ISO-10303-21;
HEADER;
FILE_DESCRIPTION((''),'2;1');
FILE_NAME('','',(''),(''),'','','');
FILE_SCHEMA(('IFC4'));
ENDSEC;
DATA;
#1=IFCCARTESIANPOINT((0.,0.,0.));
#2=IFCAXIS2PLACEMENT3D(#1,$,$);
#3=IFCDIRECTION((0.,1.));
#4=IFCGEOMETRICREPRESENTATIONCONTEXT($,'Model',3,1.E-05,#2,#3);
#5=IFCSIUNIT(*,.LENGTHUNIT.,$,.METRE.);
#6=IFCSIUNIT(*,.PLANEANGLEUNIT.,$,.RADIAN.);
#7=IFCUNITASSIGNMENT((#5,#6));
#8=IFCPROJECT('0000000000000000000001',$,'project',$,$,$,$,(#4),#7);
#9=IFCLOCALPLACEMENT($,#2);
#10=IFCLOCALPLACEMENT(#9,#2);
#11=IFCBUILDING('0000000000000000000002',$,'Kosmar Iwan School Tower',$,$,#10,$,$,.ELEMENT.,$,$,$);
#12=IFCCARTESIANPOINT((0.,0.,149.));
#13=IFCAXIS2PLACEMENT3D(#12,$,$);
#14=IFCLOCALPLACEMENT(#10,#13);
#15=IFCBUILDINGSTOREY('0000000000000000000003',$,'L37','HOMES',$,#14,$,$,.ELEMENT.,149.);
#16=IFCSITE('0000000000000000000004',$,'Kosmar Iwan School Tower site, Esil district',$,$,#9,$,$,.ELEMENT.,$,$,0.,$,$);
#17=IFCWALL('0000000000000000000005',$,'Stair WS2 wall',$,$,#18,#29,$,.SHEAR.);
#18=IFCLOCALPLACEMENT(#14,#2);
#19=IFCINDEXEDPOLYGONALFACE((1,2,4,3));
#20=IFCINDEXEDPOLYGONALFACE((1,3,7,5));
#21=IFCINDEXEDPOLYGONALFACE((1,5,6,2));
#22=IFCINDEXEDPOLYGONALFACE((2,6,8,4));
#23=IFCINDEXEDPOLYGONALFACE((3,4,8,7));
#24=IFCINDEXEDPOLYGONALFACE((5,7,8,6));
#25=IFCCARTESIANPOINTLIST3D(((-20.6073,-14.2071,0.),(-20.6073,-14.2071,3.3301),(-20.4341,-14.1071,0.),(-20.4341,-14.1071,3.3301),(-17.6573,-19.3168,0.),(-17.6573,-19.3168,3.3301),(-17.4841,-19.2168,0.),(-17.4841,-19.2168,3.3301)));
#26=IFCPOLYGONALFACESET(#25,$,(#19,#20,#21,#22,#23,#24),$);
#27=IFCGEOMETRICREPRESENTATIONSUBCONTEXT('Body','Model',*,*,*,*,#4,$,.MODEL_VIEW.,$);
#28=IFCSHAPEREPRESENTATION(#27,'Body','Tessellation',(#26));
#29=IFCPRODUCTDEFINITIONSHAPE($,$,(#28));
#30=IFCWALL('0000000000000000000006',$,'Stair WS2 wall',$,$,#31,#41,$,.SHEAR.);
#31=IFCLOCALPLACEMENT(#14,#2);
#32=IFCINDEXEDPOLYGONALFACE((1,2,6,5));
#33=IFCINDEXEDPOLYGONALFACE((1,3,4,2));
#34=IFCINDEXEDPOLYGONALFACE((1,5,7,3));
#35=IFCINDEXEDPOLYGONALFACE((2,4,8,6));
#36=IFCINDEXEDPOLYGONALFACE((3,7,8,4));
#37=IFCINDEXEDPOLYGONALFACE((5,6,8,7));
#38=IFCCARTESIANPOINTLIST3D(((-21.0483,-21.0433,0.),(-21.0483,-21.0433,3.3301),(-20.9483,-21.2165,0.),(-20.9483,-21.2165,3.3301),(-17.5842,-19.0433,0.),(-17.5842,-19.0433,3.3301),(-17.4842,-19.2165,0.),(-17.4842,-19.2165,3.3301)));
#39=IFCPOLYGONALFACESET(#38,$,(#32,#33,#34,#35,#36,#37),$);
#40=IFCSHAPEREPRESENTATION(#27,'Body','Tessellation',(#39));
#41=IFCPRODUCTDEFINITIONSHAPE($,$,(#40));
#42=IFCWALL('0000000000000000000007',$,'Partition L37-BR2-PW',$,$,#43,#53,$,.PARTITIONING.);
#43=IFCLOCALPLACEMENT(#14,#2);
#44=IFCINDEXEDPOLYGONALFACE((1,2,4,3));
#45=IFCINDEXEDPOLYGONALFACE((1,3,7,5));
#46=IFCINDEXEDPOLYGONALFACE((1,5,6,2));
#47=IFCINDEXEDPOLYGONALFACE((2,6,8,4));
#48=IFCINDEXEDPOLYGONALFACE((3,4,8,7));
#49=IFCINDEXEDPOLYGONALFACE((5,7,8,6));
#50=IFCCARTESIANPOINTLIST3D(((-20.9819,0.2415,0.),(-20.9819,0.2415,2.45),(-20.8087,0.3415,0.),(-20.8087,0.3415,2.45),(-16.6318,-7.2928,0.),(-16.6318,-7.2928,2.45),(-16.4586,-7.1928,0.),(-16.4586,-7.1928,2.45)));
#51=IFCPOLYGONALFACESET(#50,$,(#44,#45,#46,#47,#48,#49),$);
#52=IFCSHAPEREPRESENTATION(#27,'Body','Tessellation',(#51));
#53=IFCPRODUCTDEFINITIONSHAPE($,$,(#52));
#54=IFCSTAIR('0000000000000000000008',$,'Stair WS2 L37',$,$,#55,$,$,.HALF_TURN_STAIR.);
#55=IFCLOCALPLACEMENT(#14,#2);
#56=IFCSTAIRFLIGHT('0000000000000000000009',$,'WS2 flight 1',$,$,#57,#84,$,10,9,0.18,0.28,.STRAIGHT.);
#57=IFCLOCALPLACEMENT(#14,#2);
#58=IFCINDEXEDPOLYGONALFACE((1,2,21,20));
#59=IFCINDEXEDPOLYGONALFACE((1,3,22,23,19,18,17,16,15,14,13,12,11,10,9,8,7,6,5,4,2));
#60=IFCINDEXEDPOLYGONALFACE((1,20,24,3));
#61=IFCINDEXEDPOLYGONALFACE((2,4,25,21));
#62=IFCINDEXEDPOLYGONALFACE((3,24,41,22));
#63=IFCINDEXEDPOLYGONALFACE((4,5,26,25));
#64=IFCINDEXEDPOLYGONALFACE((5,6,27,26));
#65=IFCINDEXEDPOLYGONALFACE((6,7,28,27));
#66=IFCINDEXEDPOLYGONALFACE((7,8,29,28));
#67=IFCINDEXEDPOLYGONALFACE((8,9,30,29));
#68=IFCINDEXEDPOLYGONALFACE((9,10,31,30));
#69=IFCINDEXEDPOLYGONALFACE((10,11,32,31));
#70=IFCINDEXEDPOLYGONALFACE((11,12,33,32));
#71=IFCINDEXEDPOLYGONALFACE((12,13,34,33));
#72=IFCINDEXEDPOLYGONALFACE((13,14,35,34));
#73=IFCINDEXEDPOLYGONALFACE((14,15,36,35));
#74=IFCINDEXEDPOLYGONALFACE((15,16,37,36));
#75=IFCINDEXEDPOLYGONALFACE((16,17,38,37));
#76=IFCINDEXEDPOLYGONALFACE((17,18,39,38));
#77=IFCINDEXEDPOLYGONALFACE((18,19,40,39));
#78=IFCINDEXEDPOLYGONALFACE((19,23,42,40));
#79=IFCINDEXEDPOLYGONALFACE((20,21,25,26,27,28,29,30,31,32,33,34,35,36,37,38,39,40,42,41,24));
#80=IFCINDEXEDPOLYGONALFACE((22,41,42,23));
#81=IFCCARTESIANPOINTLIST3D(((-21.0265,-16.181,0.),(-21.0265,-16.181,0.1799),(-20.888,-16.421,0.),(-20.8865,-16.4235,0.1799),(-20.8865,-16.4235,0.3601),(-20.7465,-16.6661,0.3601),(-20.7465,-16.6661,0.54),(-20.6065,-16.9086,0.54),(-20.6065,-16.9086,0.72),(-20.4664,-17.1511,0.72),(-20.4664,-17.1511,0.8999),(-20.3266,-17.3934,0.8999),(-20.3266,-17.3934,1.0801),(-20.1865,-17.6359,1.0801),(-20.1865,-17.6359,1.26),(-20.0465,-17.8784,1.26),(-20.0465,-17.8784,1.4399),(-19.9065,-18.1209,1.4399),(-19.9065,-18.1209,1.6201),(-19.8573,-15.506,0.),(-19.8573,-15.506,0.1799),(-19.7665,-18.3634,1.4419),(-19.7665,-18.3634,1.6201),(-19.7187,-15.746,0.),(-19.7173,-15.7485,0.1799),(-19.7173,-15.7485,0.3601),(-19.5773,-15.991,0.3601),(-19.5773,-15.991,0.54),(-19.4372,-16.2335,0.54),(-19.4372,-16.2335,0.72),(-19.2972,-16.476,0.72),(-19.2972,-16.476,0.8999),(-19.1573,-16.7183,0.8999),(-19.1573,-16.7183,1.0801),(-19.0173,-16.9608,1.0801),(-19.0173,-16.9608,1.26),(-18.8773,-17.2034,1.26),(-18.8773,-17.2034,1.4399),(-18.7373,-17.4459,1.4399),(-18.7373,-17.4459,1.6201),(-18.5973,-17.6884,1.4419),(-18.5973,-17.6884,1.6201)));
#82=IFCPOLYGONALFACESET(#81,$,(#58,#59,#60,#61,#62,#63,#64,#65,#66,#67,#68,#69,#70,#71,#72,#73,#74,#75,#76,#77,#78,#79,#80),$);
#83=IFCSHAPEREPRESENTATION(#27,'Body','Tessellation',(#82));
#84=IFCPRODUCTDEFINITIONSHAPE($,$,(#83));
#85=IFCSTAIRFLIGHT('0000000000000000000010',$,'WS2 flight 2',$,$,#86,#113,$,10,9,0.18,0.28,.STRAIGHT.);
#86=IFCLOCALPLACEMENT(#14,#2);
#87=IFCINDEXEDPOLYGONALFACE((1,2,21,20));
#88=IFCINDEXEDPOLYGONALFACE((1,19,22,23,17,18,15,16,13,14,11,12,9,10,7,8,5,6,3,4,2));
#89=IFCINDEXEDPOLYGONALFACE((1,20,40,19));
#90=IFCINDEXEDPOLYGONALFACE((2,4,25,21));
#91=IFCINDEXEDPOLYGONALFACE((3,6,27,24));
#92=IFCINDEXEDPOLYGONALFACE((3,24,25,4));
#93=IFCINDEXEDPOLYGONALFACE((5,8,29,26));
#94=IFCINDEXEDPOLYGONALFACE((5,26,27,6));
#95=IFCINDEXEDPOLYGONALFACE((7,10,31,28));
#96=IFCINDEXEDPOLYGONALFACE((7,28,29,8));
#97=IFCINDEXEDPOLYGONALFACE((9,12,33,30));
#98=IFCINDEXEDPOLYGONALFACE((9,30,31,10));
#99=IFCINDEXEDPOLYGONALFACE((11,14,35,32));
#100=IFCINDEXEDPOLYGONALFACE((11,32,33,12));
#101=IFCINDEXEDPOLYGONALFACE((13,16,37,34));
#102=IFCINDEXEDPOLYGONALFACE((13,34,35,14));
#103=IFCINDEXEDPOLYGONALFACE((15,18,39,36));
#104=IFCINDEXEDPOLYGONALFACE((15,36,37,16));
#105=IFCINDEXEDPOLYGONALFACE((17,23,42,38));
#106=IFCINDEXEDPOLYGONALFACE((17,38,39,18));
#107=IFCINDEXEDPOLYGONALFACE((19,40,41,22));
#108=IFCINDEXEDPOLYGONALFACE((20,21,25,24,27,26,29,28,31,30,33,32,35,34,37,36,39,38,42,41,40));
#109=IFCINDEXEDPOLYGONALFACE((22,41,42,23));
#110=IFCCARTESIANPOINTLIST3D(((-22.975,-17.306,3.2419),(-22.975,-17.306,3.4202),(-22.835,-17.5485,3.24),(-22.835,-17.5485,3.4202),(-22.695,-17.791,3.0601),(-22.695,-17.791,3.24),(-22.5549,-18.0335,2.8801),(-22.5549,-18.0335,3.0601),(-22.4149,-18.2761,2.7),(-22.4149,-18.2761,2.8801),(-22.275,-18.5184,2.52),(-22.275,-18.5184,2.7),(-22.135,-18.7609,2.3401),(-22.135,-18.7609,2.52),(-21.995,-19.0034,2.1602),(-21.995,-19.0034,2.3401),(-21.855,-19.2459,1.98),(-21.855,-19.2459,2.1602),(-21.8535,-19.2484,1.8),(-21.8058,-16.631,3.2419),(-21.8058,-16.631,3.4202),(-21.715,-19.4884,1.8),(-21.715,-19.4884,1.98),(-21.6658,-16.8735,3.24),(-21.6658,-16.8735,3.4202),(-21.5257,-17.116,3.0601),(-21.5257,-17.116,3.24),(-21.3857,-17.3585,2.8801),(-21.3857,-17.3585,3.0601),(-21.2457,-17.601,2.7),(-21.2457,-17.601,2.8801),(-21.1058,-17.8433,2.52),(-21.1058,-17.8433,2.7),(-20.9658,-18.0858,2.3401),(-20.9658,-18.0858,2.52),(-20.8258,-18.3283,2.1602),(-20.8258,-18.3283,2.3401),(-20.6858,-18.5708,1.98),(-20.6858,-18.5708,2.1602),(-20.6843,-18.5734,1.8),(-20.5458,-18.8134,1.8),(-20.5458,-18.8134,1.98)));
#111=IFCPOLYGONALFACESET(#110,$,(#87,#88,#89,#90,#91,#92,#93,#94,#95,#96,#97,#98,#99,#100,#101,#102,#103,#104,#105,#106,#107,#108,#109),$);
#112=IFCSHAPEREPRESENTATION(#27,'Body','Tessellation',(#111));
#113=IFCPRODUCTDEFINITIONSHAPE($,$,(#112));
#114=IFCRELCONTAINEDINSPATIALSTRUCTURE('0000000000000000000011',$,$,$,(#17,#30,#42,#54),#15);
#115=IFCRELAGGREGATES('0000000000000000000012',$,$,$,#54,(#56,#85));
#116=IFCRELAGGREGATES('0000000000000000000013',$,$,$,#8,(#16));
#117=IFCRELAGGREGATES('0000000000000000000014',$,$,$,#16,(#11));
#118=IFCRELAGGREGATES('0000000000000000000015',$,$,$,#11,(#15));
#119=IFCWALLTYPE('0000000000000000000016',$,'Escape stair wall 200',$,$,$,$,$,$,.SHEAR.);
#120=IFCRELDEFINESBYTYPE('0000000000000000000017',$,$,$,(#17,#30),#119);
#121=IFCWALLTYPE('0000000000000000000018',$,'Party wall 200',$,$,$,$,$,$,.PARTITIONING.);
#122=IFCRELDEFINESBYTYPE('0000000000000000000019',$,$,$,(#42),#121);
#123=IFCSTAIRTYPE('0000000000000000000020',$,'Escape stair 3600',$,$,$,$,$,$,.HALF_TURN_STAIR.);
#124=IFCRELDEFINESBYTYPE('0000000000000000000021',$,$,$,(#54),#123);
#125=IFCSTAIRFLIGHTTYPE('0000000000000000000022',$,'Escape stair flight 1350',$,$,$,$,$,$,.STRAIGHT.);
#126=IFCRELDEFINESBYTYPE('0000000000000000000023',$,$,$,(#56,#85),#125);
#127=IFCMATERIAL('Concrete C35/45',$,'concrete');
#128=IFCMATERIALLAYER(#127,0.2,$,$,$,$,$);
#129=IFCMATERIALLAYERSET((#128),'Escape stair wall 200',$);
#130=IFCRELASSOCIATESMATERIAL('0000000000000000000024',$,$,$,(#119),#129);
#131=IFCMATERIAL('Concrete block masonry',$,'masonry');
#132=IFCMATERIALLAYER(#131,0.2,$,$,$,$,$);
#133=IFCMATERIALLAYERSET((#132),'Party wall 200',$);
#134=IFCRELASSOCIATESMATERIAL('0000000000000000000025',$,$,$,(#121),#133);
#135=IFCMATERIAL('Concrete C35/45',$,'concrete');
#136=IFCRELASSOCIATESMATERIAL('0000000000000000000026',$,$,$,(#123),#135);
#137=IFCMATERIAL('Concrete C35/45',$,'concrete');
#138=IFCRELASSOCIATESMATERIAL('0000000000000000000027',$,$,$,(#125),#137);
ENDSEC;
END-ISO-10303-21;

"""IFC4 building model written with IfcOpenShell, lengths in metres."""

from ifc_helpers import new_model, si_unit, direction, frame, frame_2d, origin, place, context, subcontext, project, spatial, polyline, rectangle, outline, extrude, material, layer, layer_set, type_object, element, aggregate, save


model = new_model("IFC4")

# Units and contexts
model_context = context("Model", 3, precision=1e-05, world=origin(), true_north=direction((0.0, 1.0)))
body_context = subcontext(model_context, "Body", "Model", "MODEL_VIEW")
ifc_project = project(units=[si_unit("LENGTHUNIT", "METRE"), si_unit("PLANEANGLEUNIT", "RADIAN")], contexts=[model_context])

# Site, building, storey
site_placement = place(None, origin())
site = spatial("IfcSite", under=ifc_project, at=site_placement, Name="Kosmar Iwan School Tower site, Esil district", CompositionType="ELEMENT", RefElevation=0.0)
building_placement = place(site_placement, origin())
building = spatial("IfcBuilding", under=site, at=building_placement, Name="Kosmar Iwan School Tower", CompositionType="ELEMENT")
storey_placement = place(building_placement, frame((0.0, 0.0, 149.0)))
storey = spatial("IfcBuildingStorey", under=building, at=storey_placement, Name="L37", Description="HOMES", CompositionType="ELEMENT", Elevation=149.0)

# Walls
ifc_material_1 = material(Name="Concrete C35/45", Category="concrete")
ifc_layer_1 = layer(ifc_material_1, 0.2)
ifc_layer_set_1 = layer_set([ifc_layer_1], Name="Escape stair wall 200")
wall_type_1 = type_object("IfcWallType", Name="Escape stair wall 200", PredefinedType="SHEAR", material=ifc_layer_set_1)
wall_1_placement = place(storey_placement, frame((-20.5208, -14.157, 0.0), z_axis=(0.0, 0.0, 1.0), x_axis=(0.499989, -0.866032, 0.0)))
element("IfcWall", 1, at=wall_1_placement, inside=storey, type_object=wall_type_1, Name="Stair WS2 wall", PredefinedType="SHEAR", context=body_context, shape_type="SweptSolid", body=[
    extrude(rectangle(XDim=5.9001, YDim=0.2, at=frame_2d((2.9502, 0.0))), origin(), (0.0, 0.0, 1.0), 3.3301),
])
wall_2_placement = place(storey_placement, frame((-17.5342, -19.1299, 0.0), z_axis=(0.0, 0.0, 1.0), x_axis=(-0.866026, -0.499999, 0.0)))
element("IfcWall", 2, at=wall_2_placement, inside=storey, type_object=wall_type_1, Name="Stair WS2 wall", PredefinedType="SHEAR", context=body_context, shape_type="SweptSolid", body=[
    extrude(rectangle(XDim=4.0, YDim=0.2, at=frame_2d((2.0, 0.0))), origin(), (0.0, 0.0, 1.0), 3.3301),
])
ifc_material_2 = material(Name="Concrete block masonry", Category="masonry")
ifc_layer_2 = layer(ifc_material_2, 0.2)
ifc_layer_set_2 = layer_set([ifc_layer_2], Name="Party wall 200")
wall_type_2 = type_object("IfcWallType", Name="Party wall 200", PredefinedType="PARTITIONING", material=ifc_layer_set_2)
wall_3_placement = place(storey_placement, frame((-16.5452, -7.2429, 0.0), z_axis=(0.0, 0.0, 1.0), x_axis=(-0.500008, 0.866021, 0.0)))
element("IfcWall", 3, at=wall_3_placement, inside=storey, type_object=wall_type_2, Name="Partition L37-BR2-PW", PredefinedType="PARTITIONING", context=body_context, shape_type="SweptSolid", body=[
    extrude(rectangle(XDim=8.7, YDim=0.2, at=frame_2d((4.3501, 0.0))), origin(), (0.0, 0.0, 1.0), 2.45),
])

# Stair, stair flights
ifc_material_3 = material(Name="Concrete C35/45", Category="concrete")
stair_type = type_object("IfcStairType", Name="Escape stair 3600", PredefinedType="HALF_TURN_STAIR", material=ifc_material_3)
stair_placement = place(storey_placement, origin())
stair = element("IfcStair", 4, at=stair_placement, inside=storey, type_object=stair_type, Name="Stair WS2 L37", PredefinedType="HALF_TURN_STAIR")
ifc_material_4 = material(Name="Concrete C35/45", Category="concrete")
stair_flight_type = type_object("IfcStairFlightType", Name="Escape stair flight 1350", PredefinedType="STRAIGHT", material=ifc_material_4)
stair_flight_1_placement = place(storey_placement, frame((-20.4419, -15.8435, 0.0), z_axis=(0.0, 0.0, 1.0), x_axis=(0.5, -0.866025, 0.0)))
stair_flight_1 = element("IfcStairFlight", 5, at=stair_flight_1_placement, type_object=stair_flight_type, Name="WS2 flight 1", NumberOfRisers=10, NumberOfTreads=9, PredefinedType="STRAIGHT", RiserHeight=0.18, TreadLength=0.28, context=body_context, shape_type="SweptSolid", body=[
    extrude(outline(polyline([(0.0, 0.0), (0.0, 0.1799), (0.28, 0.1799), (0.28, 0.3601), (0.5601, 0.3601), (0.5601, 0.54), (0.8401, 0.54), (0.8401, 0.72), (1.1201, 0.72), (1.1201, 0.8999), (1.3999, 0.8999), (1.3999, 1.0801), (1.6799, 1.0801), (1.6799, 1.26), (1.96, 1.26), (1.96, 1.4399), (2.24, 1.4399), (2.24, 1.6201), (2.52, 1.6201), (2.52, 1.8), (2.52, 1.4419), (0.2771, 0.0), (0.0, 0.0)])), frame((0.0, 0.675, 0.0), z_axis=(0.0, -1.0, 0.0), x_axis=(1.0, 0.0, 0.0)), (0.0, 0.0, 1.0), 1.3501),
])
stair_flight_2_placement = place(storey_placement, frame((-21.1304, -19.1509, 1.8), z_axis=(0.0, 0.0, 1.0), x_axis=(-0.5, 0.866025, 0.0)))
stair_flight_2 = element("IfcStairFlight", 6, at=stair_flight_2_placement, type_object=stair_flight_type, Name="WS2 flight 2", NumberOfRisers=10, NumberOfTreads=9, PredefinedType="STRAIGHT", RiserHeight=0.18, TreadLength=0.28, context=body_context, shape_type="SweptSolid", body=[
    extrude(outline(polyline([(0.0, 0.0), (0.0, 0.1799), (0.28, 0.1799), (0.28, 0.3601), (0.5601, 0.3601), (0.5601, 0.54), (0.8401, 0.54), (0.8401, 0.72), (1.1201, 0.72), (1.1201, 0.8999), (1.3999, 0.8999), (1.3999, 1.0801), (1.6799, 1.0801), (1.6799, 1.26), (1.96, 1.26), (1.96, 1.4399), (2.24, 1.4399), (2.24, 1.6201), (2.52, 1.6201), (2.52, 1.8), (2.52, 1.4419), (0.2771, 0.0), (0.0, 0.0)])), frame((0.0, 0.675, 0.0), z_axis=(0.0, -1.0, 0.0), x_axis=(1.0, 0.0, 0.0)), (0.0, 0.0, 1.0), 1.3501),
])
aggregate(stair, [stair_flight_1, stair_flight_2])

save(model, "model.ifc")
